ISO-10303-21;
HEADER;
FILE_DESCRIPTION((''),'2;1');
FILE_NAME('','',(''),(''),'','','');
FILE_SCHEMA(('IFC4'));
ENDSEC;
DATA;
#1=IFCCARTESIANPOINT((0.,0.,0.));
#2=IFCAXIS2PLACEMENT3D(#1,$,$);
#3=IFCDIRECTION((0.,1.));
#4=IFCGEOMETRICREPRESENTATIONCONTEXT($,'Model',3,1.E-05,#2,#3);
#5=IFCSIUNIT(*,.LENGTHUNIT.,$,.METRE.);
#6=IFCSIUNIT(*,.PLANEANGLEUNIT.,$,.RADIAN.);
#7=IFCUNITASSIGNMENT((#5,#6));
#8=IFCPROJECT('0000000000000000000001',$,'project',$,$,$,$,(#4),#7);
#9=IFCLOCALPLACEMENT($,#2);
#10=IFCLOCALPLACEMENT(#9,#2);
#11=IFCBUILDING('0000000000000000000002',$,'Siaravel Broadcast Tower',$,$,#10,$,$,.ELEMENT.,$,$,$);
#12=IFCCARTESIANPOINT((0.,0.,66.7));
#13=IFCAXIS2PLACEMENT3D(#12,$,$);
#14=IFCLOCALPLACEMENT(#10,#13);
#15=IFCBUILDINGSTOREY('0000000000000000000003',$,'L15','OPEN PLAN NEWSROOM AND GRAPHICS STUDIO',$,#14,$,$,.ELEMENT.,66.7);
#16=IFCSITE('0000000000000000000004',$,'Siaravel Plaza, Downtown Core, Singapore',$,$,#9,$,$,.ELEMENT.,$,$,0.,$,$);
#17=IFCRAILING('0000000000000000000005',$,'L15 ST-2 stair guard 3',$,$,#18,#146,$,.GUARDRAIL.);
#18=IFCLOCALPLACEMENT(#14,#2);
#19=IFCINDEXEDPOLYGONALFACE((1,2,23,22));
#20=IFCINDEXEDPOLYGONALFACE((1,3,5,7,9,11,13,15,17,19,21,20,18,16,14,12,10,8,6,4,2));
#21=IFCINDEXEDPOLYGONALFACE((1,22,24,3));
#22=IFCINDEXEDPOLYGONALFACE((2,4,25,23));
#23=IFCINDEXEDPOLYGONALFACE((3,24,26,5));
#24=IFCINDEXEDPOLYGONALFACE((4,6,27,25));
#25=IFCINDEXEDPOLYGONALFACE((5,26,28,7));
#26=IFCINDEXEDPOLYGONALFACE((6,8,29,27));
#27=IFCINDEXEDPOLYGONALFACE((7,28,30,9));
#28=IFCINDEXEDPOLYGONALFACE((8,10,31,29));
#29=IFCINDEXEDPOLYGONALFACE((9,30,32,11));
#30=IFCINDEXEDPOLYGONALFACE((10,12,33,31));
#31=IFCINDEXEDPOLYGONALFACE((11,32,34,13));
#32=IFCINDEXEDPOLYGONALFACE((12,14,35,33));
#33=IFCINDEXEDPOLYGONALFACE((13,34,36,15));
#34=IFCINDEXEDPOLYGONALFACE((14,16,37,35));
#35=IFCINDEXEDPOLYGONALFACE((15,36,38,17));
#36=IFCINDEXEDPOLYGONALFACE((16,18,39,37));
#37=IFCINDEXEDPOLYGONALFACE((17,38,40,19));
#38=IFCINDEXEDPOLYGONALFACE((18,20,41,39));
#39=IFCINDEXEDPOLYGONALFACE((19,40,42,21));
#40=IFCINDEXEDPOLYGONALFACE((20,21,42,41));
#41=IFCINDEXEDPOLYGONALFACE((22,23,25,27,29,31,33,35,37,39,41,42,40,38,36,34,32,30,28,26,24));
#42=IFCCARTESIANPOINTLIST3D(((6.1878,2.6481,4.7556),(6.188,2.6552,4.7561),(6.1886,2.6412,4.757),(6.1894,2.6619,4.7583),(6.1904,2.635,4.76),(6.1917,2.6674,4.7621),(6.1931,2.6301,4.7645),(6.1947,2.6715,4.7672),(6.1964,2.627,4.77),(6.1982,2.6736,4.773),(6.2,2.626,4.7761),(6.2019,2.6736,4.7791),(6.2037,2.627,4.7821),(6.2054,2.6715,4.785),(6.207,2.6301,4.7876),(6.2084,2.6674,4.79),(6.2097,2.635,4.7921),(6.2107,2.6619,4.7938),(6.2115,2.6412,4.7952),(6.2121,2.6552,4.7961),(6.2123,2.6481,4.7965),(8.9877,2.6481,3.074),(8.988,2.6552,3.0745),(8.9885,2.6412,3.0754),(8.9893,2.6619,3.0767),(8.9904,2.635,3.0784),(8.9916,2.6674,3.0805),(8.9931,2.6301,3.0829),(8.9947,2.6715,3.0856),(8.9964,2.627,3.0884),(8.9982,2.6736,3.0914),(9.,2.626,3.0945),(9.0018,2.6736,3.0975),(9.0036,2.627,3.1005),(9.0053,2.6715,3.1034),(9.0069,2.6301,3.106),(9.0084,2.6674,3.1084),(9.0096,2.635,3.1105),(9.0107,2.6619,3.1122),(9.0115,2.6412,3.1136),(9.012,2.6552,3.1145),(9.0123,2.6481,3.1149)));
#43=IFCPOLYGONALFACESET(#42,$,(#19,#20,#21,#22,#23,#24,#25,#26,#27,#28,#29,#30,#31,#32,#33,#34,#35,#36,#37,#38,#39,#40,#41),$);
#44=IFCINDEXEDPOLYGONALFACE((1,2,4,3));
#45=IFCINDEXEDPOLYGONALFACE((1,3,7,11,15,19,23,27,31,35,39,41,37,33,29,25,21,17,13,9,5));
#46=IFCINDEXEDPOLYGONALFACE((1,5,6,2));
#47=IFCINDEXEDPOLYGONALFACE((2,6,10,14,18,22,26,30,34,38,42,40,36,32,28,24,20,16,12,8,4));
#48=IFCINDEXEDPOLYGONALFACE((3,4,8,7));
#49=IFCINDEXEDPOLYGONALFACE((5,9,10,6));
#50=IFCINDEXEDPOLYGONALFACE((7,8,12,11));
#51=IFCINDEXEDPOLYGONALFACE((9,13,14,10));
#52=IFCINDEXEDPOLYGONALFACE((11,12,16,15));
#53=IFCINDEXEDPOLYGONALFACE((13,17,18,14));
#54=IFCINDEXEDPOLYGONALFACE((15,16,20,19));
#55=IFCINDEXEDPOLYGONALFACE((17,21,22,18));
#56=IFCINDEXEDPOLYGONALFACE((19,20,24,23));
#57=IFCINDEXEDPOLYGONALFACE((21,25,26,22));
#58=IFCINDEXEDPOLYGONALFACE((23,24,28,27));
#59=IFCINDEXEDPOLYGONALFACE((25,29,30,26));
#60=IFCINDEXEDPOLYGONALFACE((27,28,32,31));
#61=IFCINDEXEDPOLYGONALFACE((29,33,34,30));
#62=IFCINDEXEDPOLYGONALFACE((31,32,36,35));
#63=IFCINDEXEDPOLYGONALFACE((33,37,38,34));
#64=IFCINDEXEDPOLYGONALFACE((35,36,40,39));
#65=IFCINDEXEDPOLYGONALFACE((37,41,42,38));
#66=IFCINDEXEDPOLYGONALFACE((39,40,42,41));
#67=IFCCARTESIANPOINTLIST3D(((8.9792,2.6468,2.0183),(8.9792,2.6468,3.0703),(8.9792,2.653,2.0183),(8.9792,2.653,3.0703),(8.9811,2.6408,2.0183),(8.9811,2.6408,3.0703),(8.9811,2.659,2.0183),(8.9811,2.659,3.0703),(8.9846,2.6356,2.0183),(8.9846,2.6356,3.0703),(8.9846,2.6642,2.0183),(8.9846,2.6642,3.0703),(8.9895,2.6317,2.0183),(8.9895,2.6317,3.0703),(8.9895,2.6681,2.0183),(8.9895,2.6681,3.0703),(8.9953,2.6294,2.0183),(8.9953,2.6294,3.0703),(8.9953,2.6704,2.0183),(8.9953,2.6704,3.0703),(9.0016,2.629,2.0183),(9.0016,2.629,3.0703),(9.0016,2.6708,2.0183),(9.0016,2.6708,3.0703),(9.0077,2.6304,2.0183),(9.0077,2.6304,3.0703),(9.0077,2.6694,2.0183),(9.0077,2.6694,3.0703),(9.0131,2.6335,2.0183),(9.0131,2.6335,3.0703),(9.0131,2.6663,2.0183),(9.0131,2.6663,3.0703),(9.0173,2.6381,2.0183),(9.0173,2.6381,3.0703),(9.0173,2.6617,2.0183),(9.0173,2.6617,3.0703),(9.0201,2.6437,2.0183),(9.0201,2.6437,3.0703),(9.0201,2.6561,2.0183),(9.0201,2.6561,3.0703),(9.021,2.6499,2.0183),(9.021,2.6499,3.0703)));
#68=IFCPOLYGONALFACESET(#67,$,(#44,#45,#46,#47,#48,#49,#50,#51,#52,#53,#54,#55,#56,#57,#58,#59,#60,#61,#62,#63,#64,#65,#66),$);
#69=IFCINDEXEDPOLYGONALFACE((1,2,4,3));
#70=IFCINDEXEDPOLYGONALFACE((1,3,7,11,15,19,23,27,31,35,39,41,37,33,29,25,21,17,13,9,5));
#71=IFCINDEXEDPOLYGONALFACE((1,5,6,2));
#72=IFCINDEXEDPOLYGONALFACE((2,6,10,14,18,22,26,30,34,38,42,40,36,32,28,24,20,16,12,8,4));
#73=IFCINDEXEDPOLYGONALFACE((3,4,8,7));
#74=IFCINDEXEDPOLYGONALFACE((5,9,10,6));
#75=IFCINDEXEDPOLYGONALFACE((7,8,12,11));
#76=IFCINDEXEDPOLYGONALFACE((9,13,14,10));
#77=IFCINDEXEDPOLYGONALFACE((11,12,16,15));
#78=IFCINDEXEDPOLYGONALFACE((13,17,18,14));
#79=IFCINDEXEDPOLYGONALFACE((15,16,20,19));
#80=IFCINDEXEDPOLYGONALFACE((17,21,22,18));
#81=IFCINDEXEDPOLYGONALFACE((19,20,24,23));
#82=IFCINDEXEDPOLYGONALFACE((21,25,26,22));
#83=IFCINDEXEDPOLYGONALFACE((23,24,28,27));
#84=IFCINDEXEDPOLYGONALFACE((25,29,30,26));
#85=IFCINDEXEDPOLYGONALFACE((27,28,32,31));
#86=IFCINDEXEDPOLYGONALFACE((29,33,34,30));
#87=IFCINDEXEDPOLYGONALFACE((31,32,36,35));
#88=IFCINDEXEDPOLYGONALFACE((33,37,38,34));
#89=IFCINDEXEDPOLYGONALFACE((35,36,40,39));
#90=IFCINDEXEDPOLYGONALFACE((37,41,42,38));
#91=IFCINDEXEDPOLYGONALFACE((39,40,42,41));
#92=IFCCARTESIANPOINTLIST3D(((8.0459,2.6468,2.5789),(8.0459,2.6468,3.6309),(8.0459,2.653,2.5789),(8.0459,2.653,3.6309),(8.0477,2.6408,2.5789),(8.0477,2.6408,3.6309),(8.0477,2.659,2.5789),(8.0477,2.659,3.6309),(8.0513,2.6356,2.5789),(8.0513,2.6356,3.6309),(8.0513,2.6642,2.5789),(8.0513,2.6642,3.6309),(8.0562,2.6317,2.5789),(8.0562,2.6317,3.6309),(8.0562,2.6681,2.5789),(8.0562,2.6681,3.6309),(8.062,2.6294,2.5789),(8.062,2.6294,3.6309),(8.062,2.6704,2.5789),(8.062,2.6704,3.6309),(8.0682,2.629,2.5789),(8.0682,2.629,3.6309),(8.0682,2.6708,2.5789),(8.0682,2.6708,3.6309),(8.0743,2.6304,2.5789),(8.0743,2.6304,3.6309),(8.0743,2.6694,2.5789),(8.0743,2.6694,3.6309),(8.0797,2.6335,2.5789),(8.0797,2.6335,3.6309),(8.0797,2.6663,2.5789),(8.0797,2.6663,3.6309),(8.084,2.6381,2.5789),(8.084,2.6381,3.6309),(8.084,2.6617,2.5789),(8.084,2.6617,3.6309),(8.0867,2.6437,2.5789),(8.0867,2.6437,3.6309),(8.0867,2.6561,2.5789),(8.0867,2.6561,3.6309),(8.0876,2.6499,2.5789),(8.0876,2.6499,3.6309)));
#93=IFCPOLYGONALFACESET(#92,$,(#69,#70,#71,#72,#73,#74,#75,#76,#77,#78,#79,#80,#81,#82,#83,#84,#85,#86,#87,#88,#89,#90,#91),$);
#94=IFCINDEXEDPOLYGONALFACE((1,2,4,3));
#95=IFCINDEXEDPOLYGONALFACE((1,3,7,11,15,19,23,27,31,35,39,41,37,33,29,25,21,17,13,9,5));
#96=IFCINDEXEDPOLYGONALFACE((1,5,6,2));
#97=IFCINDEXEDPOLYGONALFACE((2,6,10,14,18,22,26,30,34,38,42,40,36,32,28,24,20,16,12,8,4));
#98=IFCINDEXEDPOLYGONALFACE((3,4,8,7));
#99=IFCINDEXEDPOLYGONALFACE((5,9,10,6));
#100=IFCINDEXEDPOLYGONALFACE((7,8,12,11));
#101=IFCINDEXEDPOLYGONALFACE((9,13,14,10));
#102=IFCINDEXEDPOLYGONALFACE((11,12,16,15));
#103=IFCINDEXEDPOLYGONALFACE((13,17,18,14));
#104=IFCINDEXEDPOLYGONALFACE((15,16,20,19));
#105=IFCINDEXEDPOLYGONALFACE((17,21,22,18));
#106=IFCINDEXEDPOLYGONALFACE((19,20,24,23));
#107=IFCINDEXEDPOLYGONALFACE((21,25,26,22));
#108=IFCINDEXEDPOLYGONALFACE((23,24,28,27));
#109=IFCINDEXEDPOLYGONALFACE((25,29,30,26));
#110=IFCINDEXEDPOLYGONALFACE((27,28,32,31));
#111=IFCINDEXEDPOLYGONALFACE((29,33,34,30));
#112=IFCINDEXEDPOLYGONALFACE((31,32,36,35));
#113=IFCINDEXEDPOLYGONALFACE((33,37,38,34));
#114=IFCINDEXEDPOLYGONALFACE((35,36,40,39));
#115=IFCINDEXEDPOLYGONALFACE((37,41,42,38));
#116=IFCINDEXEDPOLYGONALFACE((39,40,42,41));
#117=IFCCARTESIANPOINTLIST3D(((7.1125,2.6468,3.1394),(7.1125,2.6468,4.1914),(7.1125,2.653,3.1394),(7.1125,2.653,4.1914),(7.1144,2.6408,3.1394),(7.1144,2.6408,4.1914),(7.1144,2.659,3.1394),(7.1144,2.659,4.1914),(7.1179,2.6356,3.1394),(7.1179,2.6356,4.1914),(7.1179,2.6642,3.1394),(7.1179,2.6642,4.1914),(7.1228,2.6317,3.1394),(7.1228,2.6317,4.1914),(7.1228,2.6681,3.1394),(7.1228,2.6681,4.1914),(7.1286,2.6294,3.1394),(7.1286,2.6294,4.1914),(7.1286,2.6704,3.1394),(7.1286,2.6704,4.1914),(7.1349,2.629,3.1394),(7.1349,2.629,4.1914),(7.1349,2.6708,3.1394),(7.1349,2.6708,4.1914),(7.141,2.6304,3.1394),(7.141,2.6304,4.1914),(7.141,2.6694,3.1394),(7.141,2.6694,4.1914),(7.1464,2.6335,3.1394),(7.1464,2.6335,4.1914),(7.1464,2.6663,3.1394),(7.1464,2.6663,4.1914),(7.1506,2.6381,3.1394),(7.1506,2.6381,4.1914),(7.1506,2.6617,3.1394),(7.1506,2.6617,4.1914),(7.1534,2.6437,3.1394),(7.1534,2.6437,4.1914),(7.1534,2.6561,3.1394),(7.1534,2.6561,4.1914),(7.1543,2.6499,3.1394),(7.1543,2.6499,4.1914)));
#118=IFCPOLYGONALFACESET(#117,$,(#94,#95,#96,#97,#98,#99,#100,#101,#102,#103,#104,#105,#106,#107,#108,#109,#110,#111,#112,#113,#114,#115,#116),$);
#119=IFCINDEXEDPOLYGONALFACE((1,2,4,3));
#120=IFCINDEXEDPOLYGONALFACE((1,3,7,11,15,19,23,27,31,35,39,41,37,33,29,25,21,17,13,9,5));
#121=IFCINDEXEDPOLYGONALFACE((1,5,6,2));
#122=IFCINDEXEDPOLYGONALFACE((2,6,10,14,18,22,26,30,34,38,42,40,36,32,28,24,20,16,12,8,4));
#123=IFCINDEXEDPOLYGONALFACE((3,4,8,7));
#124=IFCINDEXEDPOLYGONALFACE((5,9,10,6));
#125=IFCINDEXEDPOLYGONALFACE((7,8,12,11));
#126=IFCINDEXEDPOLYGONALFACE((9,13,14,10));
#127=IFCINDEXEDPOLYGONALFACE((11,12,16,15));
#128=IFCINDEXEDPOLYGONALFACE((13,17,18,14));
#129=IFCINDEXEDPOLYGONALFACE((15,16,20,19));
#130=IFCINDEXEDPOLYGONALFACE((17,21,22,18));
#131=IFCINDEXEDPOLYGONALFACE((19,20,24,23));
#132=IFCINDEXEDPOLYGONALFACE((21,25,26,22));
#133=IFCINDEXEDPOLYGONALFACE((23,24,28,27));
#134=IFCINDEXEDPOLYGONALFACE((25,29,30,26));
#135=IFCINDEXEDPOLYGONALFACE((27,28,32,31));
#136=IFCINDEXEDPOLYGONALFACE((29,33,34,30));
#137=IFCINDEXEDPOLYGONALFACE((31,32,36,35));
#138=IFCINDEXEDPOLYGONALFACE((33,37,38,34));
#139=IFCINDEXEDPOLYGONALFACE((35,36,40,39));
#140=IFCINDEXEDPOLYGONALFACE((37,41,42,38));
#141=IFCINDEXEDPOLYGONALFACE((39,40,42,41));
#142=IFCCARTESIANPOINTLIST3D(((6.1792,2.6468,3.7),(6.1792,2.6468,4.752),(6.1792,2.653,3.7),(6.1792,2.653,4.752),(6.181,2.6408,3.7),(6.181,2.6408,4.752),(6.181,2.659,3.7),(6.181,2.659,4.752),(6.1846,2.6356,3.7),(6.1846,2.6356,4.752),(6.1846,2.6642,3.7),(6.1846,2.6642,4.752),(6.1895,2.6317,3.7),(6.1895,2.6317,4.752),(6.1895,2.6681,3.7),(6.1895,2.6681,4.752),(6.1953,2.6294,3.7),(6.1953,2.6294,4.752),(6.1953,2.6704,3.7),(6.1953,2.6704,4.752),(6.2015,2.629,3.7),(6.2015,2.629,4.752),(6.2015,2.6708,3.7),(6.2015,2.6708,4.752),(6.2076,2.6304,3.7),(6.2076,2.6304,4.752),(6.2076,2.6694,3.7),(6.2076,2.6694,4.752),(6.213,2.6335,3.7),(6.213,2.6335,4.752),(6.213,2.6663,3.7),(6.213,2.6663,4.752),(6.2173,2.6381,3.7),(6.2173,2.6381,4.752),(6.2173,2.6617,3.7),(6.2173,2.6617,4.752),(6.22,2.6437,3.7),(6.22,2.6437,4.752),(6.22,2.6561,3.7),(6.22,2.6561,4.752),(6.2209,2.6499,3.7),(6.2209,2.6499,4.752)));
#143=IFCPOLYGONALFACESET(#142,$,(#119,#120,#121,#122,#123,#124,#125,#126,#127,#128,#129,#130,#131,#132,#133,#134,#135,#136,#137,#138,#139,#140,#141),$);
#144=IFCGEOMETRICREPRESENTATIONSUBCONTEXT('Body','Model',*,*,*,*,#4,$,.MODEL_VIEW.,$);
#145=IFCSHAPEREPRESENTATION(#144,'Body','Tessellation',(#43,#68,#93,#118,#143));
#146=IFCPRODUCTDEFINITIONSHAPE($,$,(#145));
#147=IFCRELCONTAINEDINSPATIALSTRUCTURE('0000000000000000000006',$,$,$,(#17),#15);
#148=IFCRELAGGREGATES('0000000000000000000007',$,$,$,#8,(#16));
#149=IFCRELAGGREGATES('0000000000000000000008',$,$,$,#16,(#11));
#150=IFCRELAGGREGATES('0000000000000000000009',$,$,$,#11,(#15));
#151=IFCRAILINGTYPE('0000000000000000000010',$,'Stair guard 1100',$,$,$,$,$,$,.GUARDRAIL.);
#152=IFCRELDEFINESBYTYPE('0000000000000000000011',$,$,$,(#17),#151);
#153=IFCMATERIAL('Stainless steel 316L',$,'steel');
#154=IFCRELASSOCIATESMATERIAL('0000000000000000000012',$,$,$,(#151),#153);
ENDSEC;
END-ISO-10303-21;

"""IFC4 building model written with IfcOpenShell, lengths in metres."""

from ifc_helpers import new_model, si_unit, direction, frame, origin, origin_2d, place, context, subcontext, project, spatial, circle, extrude, material, type_object, element, save


model = new_model("IFC4")

# Units and contexts
model_context = context("Model", 3, precision=1e-05, world=origin(), true_north=direction((0.0, 1.0)))
body_context = subcontext(model_context, "Body", "Model", "MODEL_VIEW")
ifc_project = project(units=[si_unit("LENGTHUNIT", "METRE"), si_unit("PLANEANGLEUNIT", "RADIAN")], contexts=[model_context])

# Site, building, storey
site_placement = place(None, origin())
site = spatial("IfcSite", under=ifc_project, at=site_placement, Name="Siaravel Plaza, Downtown Core, Singapore", CompositionType="ELEMENT", RefElevation=0.0)
building_placement = place(site_placement, origin())
building = spatial("IfcBuilding", under=site, at=building_placement, Name="Siaravel Broadcast Tower", CompositionType="ELEMENT")
storey_placement = place(building_placement, frame((0.0, 0.0, 66.7)))
storey = spatial("IfcBuildingStorey", under=building, at=storey_placement, Name="L15", Description="OPEN PLAN NEWSROOM AND GRAPHICS STUDIO", CompositionType="ELEMENT", Elevation=66.7)

# Railing
ifc_material_1 = material(Name="Stainless steel 316L", Category="steel")
railing_type_1 = type_object("IfcRailingType", Name="Stair guard 1100", PredefinedType="GUARDRAIL", material=ifc_material_1)
railing_1_placement = place(storey_placement, frame((9.0, 2.6499, 2.0183)))
element("IfcRailing", 1, at=railing_1_placement, inside=storey, type_object=railing_type_1, Name="L15 ST-2 stair guard 3", PredefinedType="GUARDRAIL", context=body_context, shape_type="SweptSolid", body=[
    extrude(circle(Radius=0.0239, at=origin_2d()), frame((0.0, 0.0, 1.0762), z_axis=(-0.857275, 0.0, 0.514858), x_axis=(0.0, -1.0, 0.0)), (0.0, 0.0, 1.0), 3.2661),
    extrude(circle(Radius=0.021, at=origin_2d()), origin(), (0.0, 0.0, 1.0), 1.052),
    extrude(circle(Radius=0.021, at=origin_2d()), frame((-0.9333, 0.0, 0.5605)), (0.0, 0.0, 1.0), 1.052),
    extrude(circle(Radius=0.021, at=origin_2d()), frame((-1.8667, 0.0, 1.1211)), (0.0, 0.0, 1.0), 1.052),
    extrude(circle(Radius=0.021, at=origin_2d()), frame((-2.8, 0.0, 1.6816)), (0.0, 0.0, 1.0), 1.052),
])

save(model, "model.ifc")
